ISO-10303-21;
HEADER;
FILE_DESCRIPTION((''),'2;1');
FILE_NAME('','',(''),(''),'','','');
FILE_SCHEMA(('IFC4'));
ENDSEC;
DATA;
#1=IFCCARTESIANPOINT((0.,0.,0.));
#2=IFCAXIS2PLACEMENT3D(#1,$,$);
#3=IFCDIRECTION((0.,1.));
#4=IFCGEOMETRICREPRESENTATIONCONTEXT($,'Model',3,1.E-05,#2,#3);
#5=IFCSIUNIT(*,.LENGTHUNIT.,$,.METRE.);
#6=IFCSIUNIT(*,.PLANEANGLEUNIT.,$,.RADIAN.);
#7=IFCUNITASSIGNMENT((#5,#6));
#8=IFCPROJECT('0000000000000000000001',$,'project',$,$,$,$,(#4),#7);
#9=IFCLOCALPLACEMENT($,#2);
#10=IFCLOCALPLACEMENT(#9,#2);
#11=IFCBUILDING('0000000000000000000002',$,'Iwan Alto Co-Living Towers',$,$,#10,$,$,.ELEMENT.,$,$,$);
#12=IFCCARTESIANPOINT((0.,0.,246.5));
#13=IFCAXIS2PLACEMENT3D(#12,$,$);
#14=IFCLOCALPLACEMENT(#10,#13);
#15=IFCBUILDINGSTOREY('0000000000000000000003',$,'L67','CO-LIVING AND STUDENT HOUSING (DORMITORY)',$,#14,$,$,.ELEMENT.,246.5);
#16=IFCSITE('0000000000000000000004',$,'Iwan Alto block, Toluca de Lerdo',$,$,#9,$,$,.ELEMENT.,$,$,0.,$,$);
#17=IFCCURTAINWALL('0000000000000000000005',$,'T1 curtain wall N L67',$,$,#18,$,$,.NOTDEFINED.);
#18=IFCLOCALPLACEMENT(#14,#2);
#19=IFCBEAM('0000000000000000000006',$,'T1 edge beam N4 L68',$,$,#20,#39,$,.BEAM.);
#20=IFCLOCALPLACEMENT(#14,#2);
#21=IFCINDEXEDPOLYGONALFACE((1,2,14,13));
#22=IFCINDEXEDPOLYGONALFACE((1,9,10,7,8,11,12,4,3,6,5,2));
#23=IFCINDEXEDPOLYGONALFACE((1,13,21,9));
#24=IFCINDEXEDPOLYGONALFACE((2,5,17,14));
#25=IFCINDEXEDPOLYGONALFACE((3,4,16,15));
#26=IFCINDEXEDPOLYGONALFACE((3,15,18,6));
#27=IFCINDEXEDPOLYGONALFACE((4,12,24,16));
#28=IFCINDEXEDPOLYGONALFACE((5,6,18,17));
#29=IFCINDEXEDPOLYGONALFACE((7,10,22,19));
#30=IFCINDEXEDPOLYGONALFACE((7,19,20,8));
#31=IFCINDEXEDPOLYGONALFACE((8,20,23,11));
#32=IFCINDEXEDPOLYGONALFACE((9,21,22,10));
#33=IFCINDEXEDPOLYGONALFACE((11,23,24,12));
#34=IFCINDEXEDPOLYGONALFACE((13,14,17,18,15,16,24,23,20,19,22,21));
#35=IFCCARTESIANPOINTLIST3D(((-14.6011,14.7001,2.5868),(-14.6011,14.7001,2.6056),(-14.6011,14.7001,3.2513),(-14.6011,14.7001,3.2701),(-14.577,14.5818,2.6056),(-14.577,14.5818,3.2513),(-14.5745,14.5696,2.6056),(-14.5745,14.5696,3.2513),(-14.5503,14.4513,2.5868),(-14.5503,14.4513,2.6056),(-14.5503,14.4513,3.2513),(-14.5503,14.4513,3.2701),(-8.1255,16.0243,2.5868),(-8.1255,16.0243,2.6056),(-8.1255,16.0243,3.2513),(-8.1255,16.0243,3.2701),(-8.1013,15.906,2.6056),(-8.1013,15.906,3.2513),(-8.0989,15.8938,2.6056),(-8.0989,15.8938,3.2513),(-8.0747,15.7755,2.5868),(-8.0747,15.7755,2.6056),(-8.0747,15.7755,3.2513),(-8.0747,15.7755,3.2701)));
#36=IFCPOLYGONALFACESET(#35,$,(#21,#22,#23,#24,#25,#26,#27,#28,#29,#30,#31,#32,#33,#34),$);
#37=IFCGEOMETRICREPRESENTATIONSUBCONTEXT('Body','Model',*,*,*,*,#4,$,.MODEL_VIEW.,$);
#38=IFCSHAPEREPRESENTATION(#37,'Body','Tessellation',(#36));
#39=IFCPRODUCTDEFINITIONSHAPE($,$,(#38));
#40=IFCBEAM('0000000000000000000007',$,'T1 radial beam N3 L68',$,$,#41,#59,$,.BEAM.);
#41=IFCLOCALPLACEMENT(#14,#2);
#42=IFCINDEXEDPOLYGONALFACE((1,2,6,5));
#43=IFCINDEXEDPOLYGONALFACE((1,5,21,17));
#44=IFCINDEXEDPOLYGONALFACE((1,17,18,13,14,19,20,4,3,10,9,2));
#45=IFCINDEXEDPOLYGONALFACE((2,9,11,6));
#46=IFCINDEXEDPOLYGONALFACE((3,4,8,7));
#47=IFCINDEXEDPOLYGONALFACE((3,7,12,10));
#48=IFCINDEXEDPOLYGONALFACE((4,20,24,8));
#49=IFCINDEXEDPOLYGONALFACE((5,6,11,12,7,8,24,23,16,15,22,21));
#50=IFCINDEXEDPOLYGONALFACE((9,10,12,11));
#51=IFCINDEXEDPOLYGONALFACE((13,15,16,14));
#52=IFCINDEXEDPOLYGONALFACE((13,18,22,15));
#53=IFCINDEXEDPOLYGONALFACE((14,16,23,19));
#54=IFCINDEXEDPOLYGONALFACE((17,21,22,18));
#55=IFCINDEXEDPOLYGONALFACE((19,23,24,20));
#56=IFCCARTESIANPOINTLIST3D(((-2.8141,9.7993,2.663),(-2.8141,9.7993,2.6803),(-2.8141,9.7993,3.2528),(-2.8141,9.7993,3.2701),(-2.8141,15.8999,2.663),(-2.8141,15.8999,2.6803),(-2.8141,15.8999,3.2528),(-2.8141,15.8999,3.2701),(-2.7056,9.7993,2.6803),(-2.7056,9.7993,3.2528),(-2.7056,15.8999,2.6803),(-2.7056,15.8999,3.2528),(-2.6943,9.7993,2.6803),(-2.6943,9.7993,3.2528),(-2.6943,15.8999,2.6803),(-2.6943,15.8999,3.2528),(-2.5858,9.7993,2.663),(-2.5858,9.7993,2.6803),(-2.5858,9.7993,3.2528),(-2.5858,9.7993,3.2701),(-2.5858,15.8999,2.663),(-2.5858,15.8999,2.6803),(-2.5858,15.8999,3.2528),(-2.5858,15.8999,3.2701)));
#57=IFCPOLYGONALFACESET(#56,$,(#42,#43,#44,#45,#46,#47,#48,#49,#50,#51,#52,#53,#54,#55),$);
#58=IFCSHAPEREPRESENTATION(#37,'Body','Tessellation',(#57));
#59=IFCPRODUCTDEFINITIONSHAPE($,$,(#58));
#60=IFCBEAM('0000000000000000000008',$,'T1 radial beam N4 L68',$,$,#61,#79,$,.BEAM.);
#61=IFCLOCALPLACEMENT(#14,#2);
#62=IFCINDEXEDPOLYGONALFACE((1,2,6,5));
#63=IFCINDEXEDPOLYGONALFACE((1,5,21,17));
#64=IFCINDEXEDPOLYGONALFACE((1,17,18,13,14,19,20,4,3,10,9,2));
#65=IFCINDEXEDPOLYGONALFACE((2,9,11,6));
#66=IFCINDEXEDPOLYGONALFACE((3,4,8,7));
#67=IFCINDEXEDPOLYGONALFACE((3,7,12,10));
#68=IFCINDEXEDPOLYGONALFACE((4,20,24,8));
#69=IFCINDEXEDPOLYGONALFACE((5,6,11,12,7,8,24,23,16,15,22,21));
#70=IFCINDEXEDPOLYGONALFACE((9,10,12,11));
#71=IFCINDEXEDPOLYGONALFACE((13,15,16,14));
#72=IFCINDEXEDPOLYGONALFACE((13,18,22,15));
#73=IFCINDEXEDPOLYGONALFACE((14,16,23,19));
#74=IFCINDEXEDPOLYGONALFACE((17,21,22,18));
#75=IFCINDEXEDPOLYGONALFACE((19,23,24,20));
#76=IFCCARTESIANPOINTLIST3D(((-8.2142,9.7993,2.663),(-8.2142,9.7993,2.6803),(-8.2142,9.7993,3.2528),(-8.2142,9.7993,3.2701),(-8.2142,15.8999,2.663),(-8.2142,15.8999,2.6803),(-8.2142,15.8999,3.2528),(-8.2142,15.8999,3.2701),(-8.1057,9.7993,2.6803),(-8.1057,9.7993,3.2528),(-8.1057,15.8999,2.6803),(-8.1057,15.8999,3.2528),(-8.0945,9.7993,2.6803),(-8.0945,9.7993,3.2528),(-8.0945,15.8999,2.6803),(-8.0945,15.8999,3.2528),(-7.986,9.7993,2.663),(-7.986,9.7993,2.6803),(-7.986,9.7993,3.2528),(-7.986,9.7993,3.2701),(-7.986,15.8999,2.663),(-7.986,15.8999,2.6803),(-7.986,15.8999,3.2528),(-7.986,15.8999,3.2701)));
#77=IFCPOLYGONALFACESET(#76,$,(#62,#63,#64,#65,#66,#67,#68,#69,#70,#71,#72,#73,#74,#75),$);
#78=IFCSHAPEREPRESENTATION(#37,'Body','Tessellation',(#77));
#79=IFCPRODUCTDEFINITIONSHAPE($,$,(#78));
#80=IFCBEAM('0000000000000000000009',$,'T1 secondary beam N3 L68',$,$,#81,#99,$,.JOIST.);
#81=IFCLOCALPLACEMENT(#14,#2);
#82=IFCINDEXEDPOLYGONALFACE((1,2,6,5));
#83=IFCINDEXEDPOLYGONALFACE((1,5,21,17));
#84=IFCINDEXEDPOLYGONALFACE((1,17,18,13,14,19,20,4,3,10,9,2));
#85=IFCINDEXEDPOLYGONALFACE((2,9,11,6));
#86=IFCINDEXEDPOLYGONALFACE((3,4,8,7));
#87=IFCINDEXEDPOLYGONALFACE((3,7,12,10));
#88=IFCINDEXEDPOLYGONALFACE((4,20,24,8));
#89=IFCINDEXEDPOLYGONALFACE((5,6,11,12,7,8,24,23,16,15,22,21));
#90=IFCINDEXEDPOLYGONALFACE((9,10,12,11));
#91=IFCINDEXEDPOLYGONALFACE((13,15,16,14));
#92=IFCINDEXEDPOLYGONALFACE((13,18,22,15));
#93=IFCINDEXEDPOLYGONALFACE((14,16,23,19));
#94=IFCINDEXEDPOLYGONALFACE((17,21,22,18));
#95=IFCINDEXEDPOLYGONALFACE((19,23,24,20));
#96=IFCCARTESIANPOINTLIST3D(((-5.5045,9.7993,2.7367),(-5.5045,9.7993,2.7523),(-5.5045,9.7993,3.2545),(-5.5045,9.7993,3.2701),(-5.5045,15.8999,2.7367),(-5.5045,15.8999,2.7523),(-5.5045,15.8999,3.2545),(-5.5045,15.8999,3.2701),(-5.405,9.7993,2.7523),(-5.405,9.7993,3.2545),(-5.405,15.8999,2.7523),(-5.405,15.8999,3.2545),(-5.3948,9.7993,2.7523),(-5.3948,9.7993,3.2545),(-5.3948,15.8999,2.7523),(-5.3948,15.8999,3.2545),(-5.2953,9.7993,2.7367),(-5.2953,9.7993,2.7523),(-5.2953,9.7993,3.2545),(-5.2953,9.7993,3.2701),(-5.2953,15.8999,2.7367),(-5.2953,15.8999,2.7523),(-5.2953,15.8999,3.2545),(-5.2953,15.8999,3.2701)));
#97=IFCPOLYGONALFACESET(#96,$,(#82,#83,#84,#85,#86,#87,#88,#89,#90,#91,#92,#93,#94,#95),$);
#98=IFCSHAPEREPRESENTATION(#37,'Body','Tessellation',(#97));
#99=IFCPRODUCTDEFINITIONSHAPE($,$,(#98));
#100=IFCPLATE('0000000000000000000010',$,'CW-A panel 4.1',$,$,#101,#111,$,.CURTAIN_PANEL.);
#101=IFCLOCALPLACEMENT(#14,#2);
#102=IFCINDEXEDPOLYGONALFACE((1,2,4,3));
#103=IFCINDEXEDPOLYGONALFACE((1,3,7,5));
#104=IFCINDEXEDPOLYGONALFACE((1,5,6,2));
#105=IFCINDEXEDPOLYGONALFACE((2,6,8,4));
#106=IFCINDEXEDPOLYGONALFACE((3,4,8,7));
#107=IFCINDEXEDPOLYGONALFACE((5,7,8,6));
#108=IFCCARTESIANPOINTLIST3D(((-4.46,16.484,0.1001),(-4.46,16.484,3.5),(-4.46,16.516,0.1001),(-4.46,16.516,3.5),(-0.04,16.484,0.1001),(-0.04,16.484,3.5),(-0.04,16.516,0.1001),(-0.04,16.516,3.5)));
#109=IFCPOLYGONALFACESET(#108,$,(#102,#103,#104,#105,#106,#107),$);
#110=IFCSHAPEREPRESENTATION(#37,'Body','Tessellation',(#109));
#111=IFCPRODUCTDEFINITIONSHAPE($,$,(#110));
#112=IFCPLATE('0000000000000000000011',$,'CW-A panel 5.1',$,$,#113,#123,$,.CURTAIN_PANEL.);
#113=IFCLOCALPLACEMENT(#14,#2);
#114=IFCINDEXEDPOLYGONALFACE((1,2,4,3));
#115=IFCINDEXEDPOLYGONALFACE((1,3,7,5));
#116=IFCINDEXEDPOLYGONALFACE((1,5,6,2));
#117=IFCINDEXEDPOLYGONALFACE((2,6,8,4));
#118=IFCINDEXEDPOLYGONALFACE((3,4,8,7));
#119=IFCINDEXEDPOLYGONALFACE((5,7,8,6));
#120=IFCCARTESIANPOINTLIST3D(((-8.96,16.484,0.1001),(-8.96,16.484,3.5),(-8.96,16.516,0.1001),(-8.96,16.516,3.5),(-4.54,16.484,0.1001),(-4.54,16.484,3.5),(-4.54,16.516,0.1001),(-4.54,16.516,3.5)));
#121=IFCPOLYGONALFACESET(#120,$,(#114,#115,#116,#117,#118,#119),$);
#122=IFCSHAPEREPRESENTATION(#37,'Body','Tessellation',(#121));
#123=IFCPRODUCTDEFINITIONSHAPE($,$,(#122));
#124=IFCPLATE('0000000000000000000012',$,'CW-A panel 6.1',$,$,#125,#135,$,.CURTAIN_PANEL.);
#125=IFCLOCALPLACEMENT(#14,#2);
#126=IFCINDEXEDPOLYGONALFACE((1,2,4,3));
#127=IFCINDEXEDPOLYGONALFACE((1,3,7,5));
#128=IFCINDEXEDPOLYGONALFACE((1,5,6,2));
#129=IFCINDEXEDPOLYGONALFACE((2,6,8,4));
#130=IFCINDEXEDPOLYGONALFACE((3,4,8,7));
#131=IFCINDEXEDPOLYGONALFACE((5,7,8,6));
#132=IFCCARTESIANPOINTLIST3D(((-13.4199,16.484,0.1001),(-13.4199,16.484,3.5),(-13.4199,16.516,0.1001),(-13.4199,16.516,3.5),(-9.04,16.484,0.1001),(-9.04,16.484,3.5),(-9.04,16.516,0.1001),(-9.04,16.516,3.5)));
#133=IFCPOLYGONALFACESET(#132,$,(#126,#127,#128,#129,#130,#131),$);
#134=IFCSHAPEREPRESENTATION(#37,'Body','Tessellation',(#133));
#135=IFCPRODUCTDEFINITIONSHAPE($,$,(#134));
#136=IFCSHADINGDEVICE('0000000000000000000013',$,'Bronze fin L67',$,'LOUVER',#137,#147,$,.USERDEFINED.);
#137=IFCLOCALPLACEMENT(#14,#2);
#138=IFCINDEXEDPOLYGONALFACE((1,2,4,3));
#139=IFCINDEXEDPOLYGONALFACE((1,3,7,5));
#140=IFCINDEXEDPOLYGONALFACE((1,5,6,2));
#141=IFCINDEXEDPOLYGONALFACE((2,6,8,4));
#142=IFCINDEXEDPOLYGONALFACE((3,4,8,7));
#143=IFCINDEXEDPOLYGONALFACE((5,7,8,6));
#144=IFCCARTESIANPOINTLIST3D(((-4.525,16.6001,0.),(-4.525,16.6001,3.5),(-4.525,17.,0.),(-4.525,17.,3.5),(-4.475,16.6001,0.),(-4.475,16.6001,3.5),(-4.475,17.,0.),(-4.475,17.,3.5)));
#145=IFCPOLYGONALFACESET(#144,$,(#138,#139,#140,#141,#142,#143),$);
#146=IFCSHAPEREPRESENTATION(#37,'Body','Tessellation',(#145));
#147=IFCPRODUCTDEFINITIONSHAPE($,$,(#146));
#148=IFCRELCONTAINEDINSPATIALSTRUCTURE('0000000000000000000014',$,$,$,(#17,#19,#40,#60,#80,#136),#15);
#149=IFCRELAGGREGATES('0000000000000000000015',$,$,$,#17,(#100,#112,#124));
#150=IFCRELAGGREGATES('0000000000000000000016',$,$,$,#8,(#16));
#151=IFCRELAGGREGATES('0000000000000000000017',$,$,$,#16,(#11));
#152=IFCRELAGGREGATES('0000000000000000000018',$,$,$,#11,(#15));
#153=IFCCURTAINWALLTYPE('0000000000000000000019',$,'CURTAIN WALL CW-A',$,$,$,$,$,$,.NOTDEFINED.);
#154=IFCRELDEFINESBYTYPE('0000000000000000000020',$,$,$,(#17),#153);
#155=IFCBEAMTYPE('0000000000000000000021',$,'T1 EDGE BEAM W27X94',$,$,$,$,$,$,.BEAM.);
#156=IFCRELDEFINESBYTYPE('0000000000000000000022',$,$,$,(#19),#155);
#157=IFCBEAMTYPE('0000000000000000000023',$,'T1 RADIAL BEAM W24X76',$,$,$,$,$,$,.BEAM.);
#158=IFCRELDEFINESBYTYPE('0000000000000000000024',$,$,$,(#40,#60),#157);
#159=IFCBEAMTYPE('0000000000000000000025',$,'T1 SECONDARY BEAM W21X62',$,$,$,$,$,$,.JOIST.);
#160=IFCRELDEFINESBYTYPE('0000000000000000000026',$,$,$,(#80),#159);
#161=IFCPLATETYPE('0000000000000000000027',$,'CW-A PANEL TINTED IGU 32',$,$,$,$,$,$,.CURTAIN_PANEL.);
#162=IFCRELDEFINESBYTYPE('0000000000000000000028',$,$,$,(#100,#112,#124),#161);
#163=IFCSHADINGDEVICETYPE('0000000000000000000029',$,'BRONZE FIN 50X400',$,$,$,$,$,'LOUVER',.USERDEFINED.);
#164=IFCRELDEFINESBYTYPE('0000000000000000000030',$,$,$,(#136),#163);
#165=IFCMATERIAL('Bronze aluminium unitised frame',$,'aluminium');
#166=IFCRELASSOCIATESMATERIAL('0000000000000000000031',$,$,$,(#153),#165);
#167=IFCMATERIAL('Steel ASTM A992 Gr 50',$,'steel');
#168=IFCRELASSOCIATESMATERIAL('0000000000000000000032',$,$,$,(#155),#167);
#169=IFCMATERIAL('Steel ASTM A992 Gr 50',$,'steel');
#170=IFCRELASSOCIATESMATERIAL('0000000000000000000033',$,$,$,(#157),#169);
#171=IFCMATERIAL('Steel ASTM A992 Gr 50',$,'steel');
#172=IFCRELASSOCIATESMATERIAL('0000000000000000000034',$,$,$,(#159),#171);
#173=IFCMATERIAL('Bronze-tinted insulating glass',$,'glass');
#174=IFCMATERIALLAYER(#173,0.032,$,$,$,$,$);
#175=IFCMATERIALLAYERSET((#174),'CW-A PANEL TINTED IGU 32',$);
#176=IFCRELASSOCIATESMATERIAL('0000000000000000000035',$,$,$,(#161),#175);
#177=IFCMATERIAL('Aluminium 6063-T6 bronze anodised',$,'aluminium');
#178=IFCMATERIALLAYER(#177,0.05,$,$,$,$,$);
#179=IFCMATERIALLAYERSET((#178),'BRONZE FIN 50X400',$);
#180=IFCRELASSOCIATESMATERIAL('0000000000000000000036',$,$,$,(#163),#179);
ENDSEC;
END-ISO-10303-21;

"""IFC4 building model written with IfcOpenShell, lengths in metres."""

from ifc_helpers import new_model, si_unit, direction, frame, origin, origin_2d, place, context, subcontext, project, spatial, rectangle, i_section, extrude, material, layer, layer_set, material_profile, profile_set, type_object, element, aggregate, save


model = new_model("IFC4")

# Units and contexts
model_context = context("Model", 3, precision=1e-05, world=origin(), true_north=direction((0.0, 1.0)))
body_context = subcontext(model_context, "Body", "Model", "MODEL_VIEW")
ifc_project = project(units=[si_unit("LENGTHUNIT", "METRE"), si_unit("PLANEANGLEUNIT", "RADIAN")], contexts=[model_context])

# Site, building, storey
site_placement = place(None, origin())
site = spatial("IfcSite", under=ifc_project, at=site_placement, Name="Iwan Alto block, Toluca de Lerdo", CompositionType="ELEMENT", RefElevation=0.0)
building_placement = place(site_placement, origin())
building = spatial("IfcBuilding", under=site, at=building_placement, Name="Iwan Alto Co-Living Towers", CompositionType="ELEMENT")
storey_placement = place(building_placement, frame((0.0, 0.0, 246.5)))
storey = spatial("IfcBuildingStorey", under=building, at=storey_placement, Name="L67", Description="CO-LIVING AND STUDENT HOUSING (DORMITORY)", CompositionType="ELEMENT", Elevation=246.5)

# Curtain wall
ifc_material_1 = material(Name="Bronze aluminium unitised frame", Category="aluminium")
curtain_wall_type_1 = type_object("IfcCurtainWallType", Name="CURTAIN WALL CW-A", PredefinedType="NOTDEFINED", material=ifc_material_1)
curtain_wall_1_placement = place(storey_placement, origin())
curtain_wall_1 = element("IfcCurtainWall", 1, at=curtain_wall_1_placement, inside=storey, type_object=curtain_wall_type_1, Name="T1 curtain wall N L67", PredefinedType="NOTDEFINED")

# Beams
ifc_material_2 = material(Name="Steel ASTM A992 Gr 50", Category="steel")
ifc_material_profile_1 = material_profile(ifc_material_2, i_section(OverallWidth=0.2539, OverallDepth=0.6833, WebThickness=0.0125, FlangeThickness=0.0188, at=origin_2d()), Name="W27X94")
ifc_profile_set_1 = profile_set([ifc_material_profile_1], Name="Steel ASTM A992 Gr 50")
beam_type_1 = type_object("IfcBeamType", Name="T1 EDGE BEAM W27X94", PredefinedType="BEAM", material=ifc_profile_set_1)
beam_1_placement = place(storey_placement, frame((-8.1001, 15.8999, 2.9285), z_axis=(-0.979725, -0.200348, 0.0), x_axis=(0.200348, -0.979725, 0.0)))
element("IfcBeam", 2, at=beam_1_placement, inside=storey, type_object=beam_type_1, Name="T1 edge beam N4 L68", PredefinedType="BEAM", context=body_context, shape_type="SweptSolid", body=[
    extrude(i_section(OverallWidth=0.2539, OverallDepth=0.6833, WebThickness=0.0125, FlangeThickness=0.0188, at=origin_2d()), origin(), (0.0, 0.0, 1.0), 6.6096),
])
ifc_material_3 = material(Name="Steel ASTM A992 Gr 50", Category="steel")
ifc_material_profile_2 = material_profile(ifc_material_3, i_section(OverallWidth=0.2283, OverallDepth=0.6072, WebThickness=0.0112, FlangeThickness=0.0173, at=origin_2d()), Name="W24X76")
ifc_profile_set_2 = profile_set([ifc_material_profile_2], Name="Steel ASTM A992 Gr 50")
beam_type_2 = type_object("IfcBeamType", Name="T1 RADIAL BEAM W24X76", PredefinedType="BEAM", material=ifc_profile_set_2)
for number, where, z_axis, x_axis, name in (
    (3, (-2.7, 15.8999, 2.9666), (0.0, -1.0, 0.0), (1.0, 0.0, 0.0), "T1 radial beam N3 L68"),
    (4, (-8.1001, 15.8999, 2.9666), (0.0, -1.0, 0.0), (1.0, 0.0, 0.0), "T1 radial beam N4 L68"),
):
    element("IfcBeam", number, at=place(storey_placement, frame(where, z_axis=z_axis, x_axis=x_axis)), inside=storey, type_object=beam_type_2, Name=name, PredefinedType="BEAM", context=body_context, shape_type="SweptSolid", body=[
        extrude(i_section(OverallWidth=0.2283, OverallDepth=0.6072, WebThickness=0.0112, FlangeThickness=0.0173, at=origin_2d()), origin(), (0.0, 0.0, 1.0), 6.1006),
    ])
ifc_material_4 = material(Name="Steel ASTM A992 Gr 50", Category="steel")
ifc_material_profile_3 = material_profile(ifc_material_4, i_section(OverallWidth=0.2092, OverallDepth=0.5334, WebThickness=0.0103, FlangeThickness=0.0156, at=origin_2d()), Name="W21X62")
ifc_profile_set_3 = profile_set([ifc_material_profile_3], Name="Steel ASTM A992 Gr 50")
beam_type_3 = type_object("IfcBeamType", Name="T1 SECONDARY BEAM W21X62", PredefinedType="JOIST", material=ifc_profile_set_3)
beam_2_placement = place(storey_placement, frame((-5.3999, 15.8999, 3.0034), z_axis=(0.0, -1.0, 0.0), x_axis=(1.0, 0.0, 0.0)))
element("IfcBeam", 5, at=beam_2_placement, inside=storey, type_object=beam_type_3, Name="T1 secondary beam N3 L68", PredefinedType="JOIST", context=body_context, shape_type="SweptSolid", body=[
    extrude(i_section(OverallWidth=0.2092, OverallDepth=0.5334, WebThickness=0.0103, FlangeThickness=0.0156, at=origin_2d()), origin(), (0.0, 0.0, 1.0), 6.1006),
])

# Plates
ifc_material_5 = material(Name="Bronze-tinted insulating glass", Category="glass")
ifc_layer_1 = layer(ifc_material_5, 0.032)
ifc_layer_set_1 = layer_set([ifc_layer_1], Name="CW-A PANEL TINTED IGU 32")
plate_type = type_object("IfcPlateType", Name="CW-A PANEL TINTED IGU 32", PredefinedType="CURTAIN_PANEL", material=ifc_layer_set_1)
plate_1_placement = place(storey_placement, frame((-2.25, 16.5, 0.1001), z_axis=(0.0, 0.0, 1.0), x_axis=(-1.0, 0.0, 0.0)))
plate_1 = element("IfcPlate", 6, at=plate_1_placement, type_object=plate_type, Name="CW-A panel 4.1", PredefinedType="CURTAIN_PANEL", context=body_context, shape_type="SweptSolid", body=[
    extrude(rectangle(XDim=4.4199, YDim=0.032, at=origin_2d()), origin(), (0.0, 0.0, 1.0), 3.3999),
])
plate_2_placement = place(storey_placement, frame((-6.75, 16.5, 0.1001), z_axis=(0.0, 0.0, 1.0), x_axis=(-1.0, 0.0, 0.0)))
plate_2 = element("IfcPlate", 7, at=plate_2_placement, type_object=plate_type, Name="CW-A panel 5.1", PredefinedType="CURTAIN_PANEL", context=body_context, shape_type="SweptSolid", body=[
    extrude(rectangle(XDim=4.4199, YDim=0.032, at=origin_2d()), origin(), (0.0, 0.0, 1.0), 3.3999),
])
plate_3_placement = place(storey_placement, frame((-11.23, 16.5, 0.1001), z_axis=(0.0, 0.0, 1.0), x_axis=(-1.0, 0.0, 0.0)))
plate_3 = element("IfcPlate", 8, at=plate_3_placement, type_object=plate_type, Name="CW-A panel 6.1", PredefinedType="CURTAIN_PANEL", context=body_context, shape_type="SweptSolid", body=[
    extrude(rectangle(XDim=4.3799, YDim=0.032, at=origin_2d()), origin(), (0.0, 0.0, 1.0), 3.3999),
])
aggregate(curtain_wall_1, [plate_1, plate_2, plate_3])

# Shading device
ifc_material_6 = material(Name="Aluminium 6063-T6 bronze anodised", Category="aluminium")
ifc_layer_2 = layer(ifc_material_6, 0.05)
ifc_layer_set_2 = layer_set([ifc_layer_2], Name="BRONZE FIN 50X400")
shading_device_type = type_object("IfcShadingDeviceType", Name="BRONZE FIN 50X400", ElementType="LOUVER", PredefinedType="USERDEFINED", material=ifc_layer_set_2)
shading_device_placement = place(storey_placement, frame((-4.5, 16.8, 0.0), z_axis=(0.0, 0.0, 1.0), x_axis=(-1.0, 0.0, 0.0)))
element("IfcShadingDevice", 9, at=shading_device_placement, inside=storey, type_object=shading_device_type, Name="Bronze fin L67", ObjectType="LOUVER", PredefinedType="USERDEFINED", context=body_context, shape_type="SweptSolid", body=[
    extrude(rectangle(XDim=0.05, YDim=0.3999, at=origin_2d()), origin(), (0.0, 0.0, 1.0), 3.5),
])

save(model, "model.ifc")
